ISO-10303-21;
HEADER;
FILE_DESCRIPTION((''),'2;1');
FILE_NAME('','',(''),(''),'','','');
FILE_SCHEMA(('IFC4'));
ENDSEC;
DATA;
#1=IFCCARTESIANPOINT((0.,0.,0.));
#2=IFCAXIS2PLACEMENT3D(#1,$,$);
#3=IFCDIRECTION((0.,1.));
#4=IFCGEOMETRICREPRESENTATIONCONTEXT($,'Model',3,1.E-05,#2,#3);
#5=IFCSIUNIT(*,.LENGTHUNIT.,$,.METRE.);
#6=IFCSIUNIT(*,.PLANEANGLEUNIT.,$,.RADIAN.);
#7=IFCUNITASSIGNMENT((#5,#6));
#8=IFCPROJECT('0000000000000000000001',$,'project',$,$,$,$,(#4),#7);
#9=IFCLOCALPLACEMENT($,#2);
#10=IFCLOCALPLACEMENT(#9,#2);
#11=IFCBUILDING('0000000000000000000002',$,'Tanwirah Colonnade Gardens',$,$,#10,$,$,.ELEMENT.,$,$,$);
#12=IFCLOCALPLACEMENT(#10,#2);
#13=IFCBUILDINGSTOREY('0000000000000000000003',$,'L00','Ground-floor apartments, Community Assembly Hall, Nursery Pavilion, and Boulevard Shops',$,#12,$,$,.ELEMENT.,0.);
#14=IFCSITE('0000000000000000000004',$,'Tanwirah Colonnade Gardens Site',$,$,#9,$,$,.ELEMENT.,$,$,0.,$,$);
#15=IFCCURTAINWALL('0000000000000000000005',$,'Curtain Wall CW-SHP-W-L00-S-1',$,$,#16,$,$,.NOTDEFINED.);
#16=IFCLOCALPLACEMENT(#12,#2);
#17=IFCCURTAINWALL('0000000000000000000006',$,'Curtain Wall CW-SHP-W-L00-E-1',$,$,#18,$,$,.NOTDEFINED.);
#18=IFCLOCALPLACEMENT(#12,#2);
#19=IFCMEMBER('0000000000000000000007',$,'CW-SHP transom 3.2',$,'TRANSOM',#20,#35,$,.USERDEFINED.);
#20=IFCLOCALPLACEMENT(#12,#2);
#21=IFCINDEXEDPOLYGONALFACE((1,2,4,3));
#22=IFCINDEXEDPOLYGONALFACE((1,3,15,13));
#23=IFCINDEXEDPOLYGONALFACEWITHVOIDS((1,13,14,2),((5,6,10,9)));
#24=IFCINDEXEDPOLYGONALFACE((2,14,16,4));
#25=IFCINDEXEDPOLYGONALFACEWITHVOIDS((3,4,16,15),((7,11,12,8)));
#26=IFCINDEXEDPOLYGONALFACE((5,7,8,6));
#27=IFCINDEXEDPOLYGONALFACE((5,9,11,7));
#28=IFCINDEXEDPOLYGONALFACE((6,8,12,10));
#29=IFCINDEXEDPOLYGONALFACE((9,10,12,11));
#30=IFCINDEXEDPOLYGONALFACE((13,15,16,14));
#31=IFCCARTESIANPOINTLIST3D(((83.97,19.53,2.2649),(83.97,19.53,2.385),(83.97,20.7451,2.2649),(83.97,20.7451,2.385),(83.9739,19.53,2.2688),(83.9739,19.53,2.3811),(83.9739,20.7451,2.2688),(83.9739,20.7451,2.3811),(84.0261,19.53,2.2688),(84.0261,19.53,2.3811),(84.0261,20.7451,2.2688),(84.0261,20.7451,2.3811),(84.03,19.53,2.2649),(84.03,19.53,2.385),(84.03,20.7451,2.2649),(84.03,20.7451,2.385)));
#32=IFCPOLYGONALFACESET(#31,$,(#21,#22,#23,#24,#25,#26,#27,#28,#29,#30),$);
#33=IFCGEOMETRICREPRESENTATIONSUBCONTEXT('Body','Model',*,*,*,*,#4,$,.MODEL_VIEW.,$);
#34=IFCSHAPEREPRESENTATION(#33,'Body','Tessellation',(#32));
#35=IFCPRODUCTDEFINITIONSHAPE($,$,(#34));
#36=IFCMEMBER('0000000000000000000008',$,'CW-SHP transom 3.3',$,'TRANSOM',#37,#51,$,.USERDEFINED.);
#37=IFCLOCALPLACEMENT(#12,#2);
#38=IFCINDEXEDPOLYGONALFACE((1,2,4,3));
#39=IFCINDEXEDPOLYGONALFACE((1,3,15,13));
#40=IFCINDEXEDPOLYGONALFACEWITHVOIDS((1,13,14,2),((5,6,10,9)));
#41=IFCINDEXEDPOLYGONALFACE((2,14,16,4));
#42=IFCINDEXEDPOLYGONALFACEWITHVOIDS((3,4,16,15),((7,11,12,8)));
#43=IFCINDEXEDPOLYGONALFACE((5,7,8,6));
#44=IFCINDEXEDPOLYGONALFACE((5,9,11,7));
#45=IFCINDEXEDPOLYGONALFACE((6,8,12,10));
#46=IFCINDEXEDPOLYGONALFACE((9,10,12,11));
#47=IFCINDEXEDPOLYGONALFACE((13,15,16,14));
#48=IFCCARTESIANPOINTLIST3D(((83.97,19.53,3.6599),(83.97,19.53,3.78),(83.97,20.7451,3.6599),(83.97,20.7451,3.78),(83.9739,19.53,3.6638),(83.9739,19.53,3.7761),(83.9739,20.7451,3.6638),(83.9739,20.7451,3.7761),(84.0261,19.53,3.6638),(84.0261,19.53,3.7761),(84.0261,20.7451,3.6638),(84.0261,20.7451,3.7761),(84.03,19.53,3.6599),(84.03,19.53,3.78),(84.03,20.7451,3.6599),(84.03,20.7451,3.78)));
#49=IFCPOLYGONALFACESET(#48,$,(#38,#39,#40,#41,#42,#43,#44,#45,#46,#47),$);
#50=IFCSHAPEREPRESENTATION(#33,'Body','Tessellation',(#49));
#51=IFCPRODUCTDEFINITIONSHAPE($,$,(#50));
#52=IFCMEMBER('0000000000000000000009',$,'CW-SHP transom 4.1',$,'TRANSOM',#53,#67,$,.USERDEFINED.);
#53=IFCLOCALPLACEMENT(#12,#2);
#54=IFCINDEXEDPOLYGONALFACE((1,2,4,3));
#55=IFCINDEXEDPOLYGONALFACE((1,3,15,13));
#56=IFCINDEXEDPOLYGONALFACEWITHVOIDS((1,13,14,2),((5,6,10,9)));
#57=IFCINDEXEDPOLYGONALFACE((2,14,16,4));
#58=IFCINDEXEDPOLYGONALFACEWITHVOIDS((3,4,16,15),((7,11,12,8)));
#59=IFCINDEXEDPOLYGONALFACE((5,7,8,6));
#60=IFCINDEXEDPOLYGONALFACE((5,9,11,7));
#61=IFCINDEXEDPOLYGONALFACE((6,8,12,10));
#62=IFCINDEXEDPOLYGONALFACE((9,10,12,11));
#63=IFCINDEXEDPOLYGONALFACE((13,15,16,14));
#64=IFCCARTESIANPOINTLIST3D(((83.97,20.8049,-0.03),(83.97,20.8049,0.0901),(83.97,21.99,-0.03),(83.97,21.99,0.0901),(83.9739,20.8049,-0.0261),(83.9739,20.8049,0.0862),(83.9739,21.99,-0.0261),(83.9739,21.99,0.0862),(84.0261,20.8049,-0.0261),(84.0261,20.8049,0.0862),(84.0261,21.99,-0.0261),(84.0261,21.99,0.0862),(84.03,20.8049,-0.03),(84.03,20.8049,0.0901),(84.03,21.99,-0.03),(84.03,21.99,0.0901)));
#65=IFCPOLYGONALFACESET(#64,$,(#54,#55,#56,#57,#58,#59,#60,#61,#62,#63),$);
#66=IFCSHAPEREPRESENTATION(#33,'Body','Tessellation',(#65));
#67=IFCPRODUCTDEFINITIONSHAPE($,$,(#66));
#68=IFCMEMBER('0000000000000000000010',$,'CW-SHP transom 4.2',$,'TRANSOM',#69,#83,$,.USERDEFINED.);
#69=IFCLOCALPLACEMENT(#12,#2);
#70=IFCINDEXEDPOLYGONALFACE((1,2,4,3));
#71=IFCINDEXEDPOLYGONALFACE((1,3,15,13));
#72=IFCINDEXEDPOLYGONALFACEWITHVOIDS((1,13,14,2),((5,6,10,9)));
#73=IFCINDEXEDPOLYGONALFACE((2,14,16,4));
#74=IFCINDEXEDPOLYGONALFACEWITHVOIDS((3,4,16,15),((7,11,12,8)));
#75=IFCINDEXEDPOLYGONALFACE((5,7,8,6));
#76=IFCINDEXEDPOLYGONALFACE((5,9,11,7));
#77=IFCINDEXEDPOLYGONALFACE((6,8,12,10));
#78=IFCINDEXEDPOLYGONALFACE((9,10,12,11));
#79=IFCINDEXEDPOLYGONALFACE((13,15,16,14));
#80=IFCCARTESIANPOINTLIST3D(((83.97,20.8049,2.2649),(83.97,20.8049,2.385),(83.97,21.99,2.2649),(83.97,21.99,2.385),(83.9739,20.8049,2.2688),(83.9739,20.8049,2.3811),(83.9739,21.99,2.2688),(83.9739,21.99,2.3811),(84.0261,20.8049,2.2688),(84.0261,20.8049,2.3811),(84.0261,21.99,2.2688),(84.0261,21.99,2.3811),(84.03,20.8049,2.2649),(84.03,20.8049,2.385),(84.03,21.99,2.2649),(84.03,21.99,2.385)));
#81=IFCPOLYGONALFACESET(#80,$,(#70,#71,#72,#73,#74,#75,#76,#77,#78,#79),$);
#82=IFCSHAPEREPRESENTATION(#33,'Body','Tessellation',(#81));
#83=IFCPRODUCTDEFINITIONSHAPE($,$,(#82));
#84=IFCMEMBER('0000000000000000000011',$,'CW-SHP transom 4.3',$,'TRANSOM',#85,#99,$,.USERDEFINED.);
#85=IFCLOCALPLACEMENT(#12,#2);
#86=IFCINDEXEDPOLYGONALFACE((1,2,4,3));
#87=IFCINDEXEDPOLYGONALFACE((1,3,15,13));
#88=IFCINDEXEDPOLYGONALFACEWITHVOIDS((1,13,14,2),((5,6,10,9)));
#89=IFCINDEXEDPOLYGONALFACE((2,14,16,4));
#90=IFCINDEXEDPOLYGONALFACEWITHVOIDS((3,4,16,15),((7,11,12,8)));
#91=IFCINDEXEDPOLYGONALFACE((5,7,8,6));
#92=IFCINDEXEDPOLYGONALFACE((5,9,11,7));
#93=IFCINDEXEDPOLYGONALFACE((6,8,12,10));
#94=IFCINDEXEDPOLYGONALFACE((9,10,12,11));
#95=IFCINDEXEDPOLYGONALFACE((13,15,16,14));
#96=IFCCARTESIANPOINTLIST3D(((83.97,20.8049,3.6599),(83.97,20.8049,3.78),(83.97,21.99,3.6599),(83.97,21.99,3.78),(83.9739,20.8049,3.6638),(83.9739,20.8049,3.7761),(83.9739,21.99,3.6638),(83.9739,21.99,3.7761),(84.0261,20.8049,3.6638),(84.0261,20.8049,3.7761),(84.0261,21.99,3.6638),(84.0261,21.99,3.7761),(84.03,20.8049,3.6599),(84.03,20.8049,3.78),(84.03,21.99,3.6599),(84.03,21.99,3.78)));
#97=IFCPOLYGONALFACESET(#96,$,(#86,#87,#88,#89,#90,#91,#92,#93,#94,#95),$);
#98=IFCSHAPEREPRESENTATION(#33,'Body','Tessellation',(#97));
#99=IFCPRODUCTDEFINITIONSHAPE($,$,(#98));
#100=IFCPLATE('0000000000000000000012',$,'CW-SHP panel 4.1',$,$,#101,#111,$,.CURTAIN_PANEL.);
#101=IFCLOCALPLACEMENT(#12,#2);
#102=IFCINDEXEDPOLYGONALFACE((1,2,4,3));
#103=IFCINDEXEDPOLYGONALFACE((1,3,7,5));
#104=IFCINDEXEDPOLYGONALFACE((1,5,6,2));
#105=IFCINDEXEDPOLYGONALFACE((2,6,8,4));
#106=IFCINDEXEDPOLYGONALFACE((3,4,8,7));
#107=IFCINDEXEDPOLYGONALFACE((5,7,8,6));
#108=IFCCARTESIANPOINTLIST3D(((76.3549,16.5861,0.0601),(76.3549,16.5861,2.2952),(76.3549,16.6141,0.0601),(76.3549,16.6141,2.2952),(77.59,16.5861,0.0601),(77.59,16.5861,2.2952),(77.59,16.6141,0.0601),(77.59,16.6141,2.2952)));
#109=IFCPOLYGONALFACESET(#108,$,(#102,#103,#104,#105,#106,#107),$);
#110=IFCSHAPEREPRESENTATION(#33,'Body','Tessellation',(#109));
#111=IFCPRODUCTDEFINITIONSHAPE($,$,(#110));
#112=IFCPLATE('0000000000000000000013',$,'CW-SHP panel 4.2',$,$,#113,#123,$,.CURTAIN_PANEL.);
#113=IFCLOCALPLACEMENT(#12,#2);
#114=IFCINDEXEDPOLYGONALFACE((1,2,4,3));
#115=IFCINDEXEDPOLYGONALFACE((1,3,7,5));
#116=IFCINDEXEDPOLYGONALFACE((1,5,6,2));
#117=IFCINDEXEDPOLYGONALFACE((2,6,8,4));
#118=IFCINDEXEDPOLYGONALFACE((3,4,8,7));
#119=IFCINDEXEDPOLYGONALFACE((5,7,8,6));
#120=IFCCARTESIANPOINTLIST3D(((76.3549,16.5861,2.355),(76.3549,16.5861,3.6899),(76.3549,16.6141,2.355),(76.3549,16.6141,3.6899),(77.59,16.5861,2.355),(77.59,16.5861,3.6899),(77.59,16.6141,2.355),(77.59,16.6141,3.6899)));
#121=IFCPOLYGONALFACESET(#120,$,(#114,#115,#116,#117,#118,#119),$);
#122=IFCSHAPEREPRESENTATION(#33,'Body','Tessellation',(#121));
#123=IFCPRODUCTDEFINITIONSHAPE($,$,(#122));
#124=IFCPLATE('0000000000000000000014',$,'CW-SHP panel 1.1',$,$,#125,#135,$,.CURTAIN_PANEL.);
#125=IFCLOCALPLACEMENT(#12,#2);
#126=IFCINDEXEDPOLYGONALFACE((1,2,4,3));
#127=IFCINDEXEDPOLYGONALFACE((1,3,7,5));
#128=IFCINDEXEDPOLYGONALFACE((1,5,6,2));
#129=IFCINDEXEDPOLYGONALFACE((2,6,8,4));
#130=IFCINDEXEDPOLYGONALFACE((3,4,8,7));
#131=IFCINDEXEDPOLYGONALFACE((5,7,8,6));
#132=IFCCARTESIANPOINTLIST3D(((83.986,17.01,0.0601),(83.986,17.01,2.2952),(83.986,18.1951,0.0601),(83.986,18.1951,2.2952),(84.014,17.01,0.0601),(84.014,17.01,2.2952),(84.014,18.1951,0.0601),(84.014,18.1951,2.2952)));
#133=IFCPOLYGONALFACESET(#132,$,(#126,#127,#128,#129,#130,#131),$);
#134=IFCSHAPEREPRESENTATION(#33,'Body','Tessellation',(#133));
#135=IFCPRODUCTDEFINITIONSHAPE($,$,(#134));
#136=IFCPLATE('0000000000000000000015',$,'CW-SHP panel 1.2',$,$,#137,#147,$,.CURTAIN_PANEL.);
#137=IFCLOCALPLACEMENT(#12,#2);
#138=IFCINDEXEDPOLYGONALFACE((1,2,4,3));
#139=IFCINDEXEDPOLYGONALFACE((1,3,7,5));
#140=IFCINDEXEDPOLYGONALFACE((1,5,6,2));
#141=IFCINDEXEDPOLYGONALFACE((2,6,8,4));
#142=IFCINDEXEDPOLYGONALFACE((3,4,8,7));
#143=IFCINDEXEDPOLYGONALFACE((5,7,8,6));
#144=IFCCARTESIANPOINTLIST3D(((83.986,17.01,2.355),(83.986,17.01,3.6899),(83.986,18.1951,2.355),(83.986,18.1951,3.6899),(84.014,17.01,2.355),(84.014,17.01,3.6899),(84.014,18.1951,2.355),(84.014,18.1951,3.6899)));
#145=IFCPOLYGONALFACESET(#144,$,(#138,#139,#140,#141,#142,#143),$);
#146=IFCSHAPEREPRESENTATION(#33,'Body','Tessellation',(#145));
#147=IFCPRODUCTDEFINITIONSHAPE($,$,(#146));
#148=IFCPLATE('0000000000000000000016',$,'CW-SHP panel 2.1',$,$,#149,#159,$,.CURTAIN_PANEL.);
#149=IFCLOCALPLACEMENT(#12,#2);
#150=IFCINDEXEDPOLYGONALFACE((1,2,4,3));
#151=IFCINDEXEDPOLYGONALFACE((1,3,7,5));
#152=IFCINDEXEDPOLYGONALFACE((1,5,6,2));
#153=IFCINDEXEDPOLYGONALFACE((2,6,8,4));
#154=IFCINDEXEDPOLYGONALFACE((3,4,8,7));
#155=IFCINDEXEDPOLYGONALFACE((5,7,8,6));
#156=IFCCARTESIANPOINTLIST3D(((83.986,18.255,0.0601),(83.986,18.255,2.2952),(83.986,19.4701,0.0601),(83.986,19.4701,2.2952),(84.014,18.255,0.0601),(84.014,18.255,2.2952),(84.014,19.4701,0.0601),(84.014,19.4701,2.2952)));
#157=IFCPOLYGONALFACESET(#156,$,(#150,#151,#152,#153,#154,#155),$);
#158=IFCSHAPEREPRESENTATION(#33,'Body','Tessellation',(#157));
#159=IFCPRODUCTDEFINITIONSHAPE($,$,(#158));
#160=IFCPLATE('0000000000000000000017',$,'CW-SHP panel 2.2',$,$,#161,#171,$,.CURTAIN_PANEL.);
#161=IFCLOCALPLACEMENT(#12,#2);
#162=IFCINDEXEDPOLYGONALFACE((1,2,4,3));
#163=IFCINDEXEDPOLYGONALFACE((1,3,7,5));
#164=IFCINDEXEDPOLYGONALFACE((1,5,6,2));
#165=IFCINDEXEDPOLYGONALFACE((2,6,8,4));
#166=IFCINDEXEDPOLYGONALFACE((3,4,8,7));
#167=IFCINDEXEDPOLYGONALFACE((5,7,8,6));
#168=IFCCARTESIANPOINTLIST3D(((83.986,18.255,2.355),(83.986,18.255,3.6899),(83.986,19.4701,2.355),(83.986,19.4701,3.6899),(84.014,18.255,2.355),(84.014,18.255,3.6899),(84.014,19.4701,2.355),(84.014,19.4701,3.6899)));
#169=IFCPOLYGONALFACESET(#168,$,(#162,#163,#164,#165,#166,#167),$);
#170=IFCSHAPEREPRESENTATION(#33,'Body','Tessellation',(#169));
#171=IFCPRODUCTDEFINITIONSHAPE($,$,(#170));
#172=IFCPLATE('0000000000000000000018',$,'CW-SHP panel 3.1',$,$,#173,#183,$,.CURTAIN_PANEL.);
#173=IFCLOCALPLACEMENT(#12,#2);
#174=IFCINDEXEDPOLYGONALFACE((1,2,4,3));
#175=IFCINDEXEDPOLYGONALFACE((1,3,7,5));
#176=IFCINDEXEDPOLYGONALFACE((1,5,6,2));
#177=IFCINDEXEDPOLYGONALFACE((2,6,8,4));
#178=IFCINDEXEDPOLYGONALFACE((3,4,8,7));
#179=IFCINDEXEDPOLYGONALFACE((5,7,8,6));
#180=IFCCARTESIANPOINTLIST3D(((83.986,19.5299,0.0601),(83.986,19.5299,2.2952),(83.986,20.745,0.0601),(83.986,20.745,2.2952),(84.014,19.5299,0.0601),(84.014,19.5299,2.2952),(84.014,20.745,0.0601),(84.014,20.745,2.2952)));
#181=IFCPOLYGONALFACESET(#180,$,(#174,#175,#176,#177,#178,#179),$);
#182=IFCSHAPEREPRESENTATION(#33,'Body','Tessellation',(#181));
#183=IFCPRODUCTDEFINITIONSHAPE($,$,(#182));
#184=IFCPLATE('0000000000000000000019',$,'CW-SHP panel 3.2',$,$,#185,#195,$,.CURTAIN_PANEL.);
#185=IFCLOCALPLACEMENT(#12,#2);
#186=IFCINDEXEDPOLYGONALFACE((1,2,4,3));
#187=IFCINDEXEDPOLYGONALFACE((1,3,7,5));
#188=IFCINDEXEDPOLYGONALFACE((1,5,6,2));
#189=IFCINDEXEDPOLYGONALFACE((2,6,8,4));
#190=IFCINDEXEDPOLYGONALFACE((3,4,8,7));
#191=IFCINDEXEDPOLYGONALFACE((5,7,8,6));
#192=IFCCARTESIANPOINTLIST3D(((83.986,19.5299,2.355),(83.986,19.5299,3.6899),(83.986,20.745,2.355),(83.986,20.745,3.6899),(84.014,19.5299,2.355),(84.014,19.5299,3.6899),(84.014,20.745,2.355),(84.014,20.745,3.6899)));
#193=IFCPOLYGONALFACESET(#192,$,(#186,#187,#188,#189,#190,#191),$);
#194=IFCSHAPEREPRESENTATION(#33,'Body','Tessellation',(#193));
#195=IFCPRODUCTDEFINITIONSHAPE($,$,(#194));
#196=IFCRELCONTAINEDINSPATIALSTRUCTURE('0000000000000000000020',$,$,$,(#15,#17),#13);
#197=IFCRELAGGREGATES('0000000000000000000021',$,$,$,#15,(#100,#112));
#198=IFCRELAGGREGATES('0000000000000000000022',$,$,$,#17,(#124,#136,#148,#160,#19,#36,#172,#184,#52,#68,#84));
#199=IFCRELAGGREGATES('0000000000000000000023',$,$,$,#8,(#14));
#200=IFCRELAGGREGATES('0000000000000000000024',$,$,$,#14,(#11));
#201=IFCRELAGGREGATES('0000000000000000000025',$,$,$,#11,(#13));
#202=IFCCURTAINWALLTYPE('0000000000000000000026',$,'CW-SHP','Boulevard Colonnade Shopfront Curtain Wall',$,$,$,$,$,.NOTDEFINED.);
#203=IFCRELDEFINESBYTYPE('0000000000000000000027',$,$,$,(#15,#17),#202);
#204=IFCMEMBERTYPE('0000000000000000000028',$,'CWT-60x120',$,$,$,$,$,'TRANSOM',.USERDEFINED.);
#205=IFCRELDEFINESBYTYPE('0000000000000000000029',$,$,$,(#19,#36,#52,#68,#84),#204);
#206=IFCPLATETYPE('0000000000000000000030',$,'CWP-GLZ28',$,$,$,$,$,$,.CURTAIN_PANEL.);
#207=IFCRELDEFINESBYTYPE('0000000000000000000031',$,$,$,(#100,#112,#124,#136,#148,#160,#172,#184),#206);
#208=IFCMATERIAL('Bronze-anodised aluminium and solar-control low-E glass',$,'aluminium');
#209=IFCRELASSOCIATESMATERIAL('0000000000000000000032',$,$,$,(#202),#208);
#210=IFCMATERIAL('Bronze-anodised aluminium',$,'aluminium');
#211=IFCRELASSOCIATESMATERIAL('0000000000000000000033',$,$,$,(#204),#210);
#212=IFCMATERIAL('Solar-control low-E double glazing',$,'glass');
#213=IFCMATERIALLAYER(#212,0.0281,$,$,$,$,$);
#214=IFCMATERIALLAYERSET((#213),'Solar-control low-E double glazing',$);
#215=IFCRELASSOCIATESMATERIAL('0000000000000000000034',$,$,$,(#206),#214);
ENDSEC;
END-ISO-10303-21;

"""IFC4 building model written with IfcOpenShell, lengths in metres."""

from ifc_helpers import new_model, si_unit, direction, frame, origin, origin_2d, place, context, subcontext, project, spatial, rectangle, hollow_rectangle, extrude, material, layer, layer_set, material_profile, profile_set, type_object, element, aggregate, save


model = new_model("IFC4")

# Units and contexts
model_context = context("Model", 3, precision=1e-05, world=origin(), true_north=direction((0.0, 1.0)))
body_context = subcontext(model_context, "Body", "Model", "MODEL_VIEW")
ifc_project = project(units=[si_unit("LENGTHUNIT", "METRE"), si_unit("PLANEANGLEUNIT", "RADIAN")], contexts=[model_context])

# Site, building, storey
site_placement = place(None, origin())
site = spatial("IfcSite", under=ifc_project, at=site_placement, Name="Tanwirah Colonnade Gardens Site", CompositionType="ELEMENT", RefElevation=0.0)
building_placement = place(site_placement, origin())
building = spatial("IfcBuilding", under=site, at=building_placement, Name="Tanwirah Colonnade Gardens", CompositionType="ELEMENT")
storey_placement = place(building_placement, origin())
storey = spatial("IfcBuildingStorey", under=building, at=storey_placement, Name="L00", Description="Ground-floor apartments, Community Assembly Hall, Nursery Pavilion, and Boulevard Shops", CompositionType="ELEMENT", Elevation=0.0)

# Curtain wall
ifc_material_1 = material(Name="Bronze-anodised aluminium and solar-control low-E glass", Category="aluminium")
curtain_wall_type = type_object("IfcCurtainWallType", Name="CW-SHP", Description="Boulevard Colonnade Shopfront Curtain Wall", PredefinedType="NOTDEFINED", material=ifc_material_1)
curtain_wall_1_placement = place(storey_placement, origin())
curtain_wall_1 = element("IfcCurtainWall", 1, at=curtain_wall_1_placement, inside=storey, type_object=curtain_wall_type, Name="Curtain Wall CW-SHP-W-L00-S-1", PredefinedType="NOTDEFINED")
ifc_material_2 = material(Name="Bronze-anodised aluminium", Category="aluminium")

# Curtain wall
curtain_wall_2_placement = place(storey_placement, origin())
curtain_wall_2 = element("IfcCurtainWall", 2, at=curtain_wall_2_placement, inside=storey, type_object=curtain_wall_type, Name="Curtain Wall CW-SHP-W-L00-E-1", PredefinedType="NOTDEFINED")

# Members
ifc_material_profile_1 = material_profile(ifc_material_2, hollow_rectangle(XDim=0.0601, YDim=0.1201, WallThickness=0.0039, at=origin_2d()), Name="CW-TRN 60x120x4")
ifc_profile_set_1 = profile_set([ifc_material_profile_1], Name="Bronze-anodised aluminium")
member_type_1 = type_object("IfcMemberType", Name="CWT-60x120", ElementType="TRANSOM", PredefinedType="USERDEFINED", material=ifc_profile_set_1)
member_1_placement = place(storey_placement, frame((84.0, 19.53, 2.325), z_axis=(0.0, 1.0, 0.0), x_axis=(-1.0, 0.0, 0.0)))
member_1 = element("IfcMember", 3, at=member_1_placement, type_object=member_type_1, Name="CW-SHP transom 3.2", ObjectType="TRANSOM", PredefinedType="USERDEFINED", context=body_context, shape_type="SweptSolid", body=[
    extrude(hollow_rectangle(XDim=0.0601, YDim=0.1201, WallThickness=0.0039, at=origin_2d()), origin(), (0.0, 0.0, 1.0), 1.2151),
])
member_2_placement = place(storey_placement, frame((84.0, 19.53, 3.72), z_axis=(0.0, 1.0, 0.0), x_axis=(-1.0, 0.0, 0.0)))
member_2 = element("IfcMember", 4, at=member_2_placement, type_object=member_type_1, Name="CW-SHP transom 3.3", ObjectType="TRANSOM", PredefinedType="USERDEFINED", context=body_context, shape_type="SweptSolid", body=[
    extrude(hollow_rectangle(XDim=0.0601, YDim=0.1201, WallThickness=0.0039, at=origin_2d()), origin(), (0.0, 0.0, 1.0), 1.2151),
])
member_3_placement = place(storey_placement, frame((84.0, 20.8049, 0.03), z_axis=(0.0, 1.0, 0.0), x_axis=(-1.0, 0.0, 0.0)))
member_3 = element("IfcMember", 5, at=member_3_placement, type_object=member_type_1, Name="CW-SHP transom 4.1", ObjectType="TRANSOM", PredefinedType="USERDEFINED", context=body_context, shape_type="SweptSolid", body=[
    extrude(hollow_rectangle(XDim=0.0601, YDim=0.1201, WallThickness=0.0039, at=origin_2d()), origin(), (0.0, 0.0, 1.0), 1.1851),
])
member_4_placement = place(storey_placement, frame((84.0, 20.8049, 2.325), z_axis=(0.0, 1.0, 0.0), x_axis=(-1.0, 0.0, 0.0)))
member_4 = element("IfcMember", 6, at=member_4_placement, type_object=member_type_1, Name="CW-SHP transom 4.2", ObjectType="TRANSOM", PredefinedType="USERDEFINED", context=body_context, shape_type="SweptSolid", body=[
    extrude(hollow_rectangle(XDim=0.0601, YDim=0.1201, WallThickness=0.0039, at=origin_2d()), origin(), (0.0, 0.0, 1.0), 1.1851),
])
member_5_placement = place(storey_placement, frame((84.0, 20.8049, 3.72), z_axis=(0.0, 1.0, 0.0), x_axis=(-1.0, 0.0, 0.0)))
member_5 = element("IfcMember", 7, at=member_5_placement, type_object=member_type_1, Name="CW-SHP transom 4.3", ObjectType="TRANSOM", PredefinedType="USERDEFINED", context=body_context, shape_type="SweptSolid", body=[
    extrude(hollow_rectangle(XDim=0.0601, YDim=0.1201, WallThickness=0.0039, at=origin_2d()), origin(), (0.0, 0.0, 1.0), 1.1851),
])

# Plates
ifc_material_3 = material(Name="Solar-control low-E double glazing", Category="glass")
ifc_layer_1 = layer(ifc_material_3, 0.0281)
ifc_layer_set_1 = layer_set([ifc_layer_1], Name="Solar-control low-E double glazing")
plate_type = type_object("IfcPlateType", Name="CWP-GLZ28", PredefinedType="CURTAIN_PANEL", material=ifc_layer_set_1)
plate_1_placement = place(storey_placement, frame((76.9724, 16.6001, 0.0601), z_axis=(0.0, 0.0, 1.0), x_axis=(1.0, 0.0, 0.0)))
plate_1 = element("IfcPlate", 8, at=plate_1_placement, type_object=plate_type, Name="CW-SHP panel 4.1", PredefinedType="CURTAIN_PANEL", context=body_context, shape_type="SweptSolid", body=[
    extrude(rectangle(XDim=1.2351, YDim=0.0281, at=origin_2d()), origin(), (0.0, 0.0, 1.0), 2.2351),
])
plate_2_placement = place(storey_placement, frame((76.9724, 16.6001, 2.355), z_axis=(0.0, 0.0, 1.0), x_axis=(1.0, 0.0, 0.0)))
plate_2 = element("IfcPlate", 9, at=plate_2_placement, type_object=plate_type, Name="CW-SHP panel 4.2", PredefinedType="CURTAIN_PANEL", context=body_context, shape_type="SweptSolid", body=[
    extrude(rectangle(XDim=1.2351, YDim=0.0281, at=origin_2d()), origin(), (0.0, 0.0, 1.0), 1.335),
])
aggregate(curtain_wall_1, [plate_1, plate_2])
plate_3_placement = place(storey_placement, frame((84.0, 17.6025, 0.0601), z_axis=(0.0, 0.0, 1.0), x_axis=(0.0, 1.0, 0.0)))
plate_3 = element("IfcPlate", 10, at=plate_3_placement, type_object=plate_type, Name="CW-SHP panel 1.1", PredefinedType="CURTAIN_PANEL", context=body_context, shape_type="SweptSolid", body=[
    extrude(rectangle(XDim=1.1851, YDim=0.0281, at=origin_2d()), origin(), (0.0, 0.0, 1.0), 2.2351),
])
plate_4_placement = place(storey_placement, frame((84.0, 17.6025, 2.355), z_axis=(0.0, 0.0, 1.0), x_axis=(0.0, 1.0, 0.0)))
plate_4 = element("IfcPlate", 11, at=plate_4_placement, type_object=plate_type, Name="CW-SHP panel 1.2", PredefinedType="CURTAIN_PANEL", context=body_context, shape_type="SweptSolid", body=[
    extrude(rectangle(XDim=1.1851, YDim=0.0281, at=origin_2d()), origin(), (0.0, 0.0, 1.0), 1.335),
])
plate_5_placement = place(storey_placement, frame((84.0, 18.8625, 0.0601), z_axis=(0.0, 0.0, 1.0), x_axis=(0.0, 1.0, 0.0)))
plate_5 = element("IfcPlate", 12, at=plate_5_placement, type_object=plate_type, Name="CW-SHP panel 2.1", PredefinedType="CURTAIN_PANEL", context=body_context, shape_type="SweptSolid", body=[
    extrude(rectangle(XDim=1.2151, YDim=0.0281, at=origin_2d()), origin(), (0.0, 0.0, 1.0), 2.2351),
])
plate_6_placement = place(storey_placement, frame((84.0, 18.8625, 2.355), z_axis=(0.0, 0.0, 1.0), x_axis=(0.0, 1.0, 0.0)))
plate_6 = element("IfcPlate", 13, at=plate_6_placement, type_object=plate_type, Name="CW-SHP panel 2.2", PredefinedType="CURTAIN_PANEL", context=body_context, shape_type="SweptSolid", body=[
    extrude(rectangle(XDim=1.2151, YDim=0.0281, at=origin_2d()), origin(), (0.0, 0.0, 1.0), 1.335),
])
plate_7_placement = place(storey_placement, frame((84.0, 20.1375, 0.0601), z_axis=(0.0, 0.0, 1.0), x_axis=(0.0, 1.0, 0.0)))
plate_7 = element("IfcPlate", 14, at=plate_7_placement, type_object=plate_type, Name="CW-SHP panel 3.1", PredefinedType="CURTAIN_PANEL", context=body_context, shape_type="SweptSolid", body=[
    extrude(rectangle(XDim=1.2151, YDim=0.0281, at=origin_2d()), origin(), (0.0, 0.0, 1.0), 2.2351),
])
plate_8_placement = place(storey_placement, frame((84.0, 20.1375, 2.355), z_axis=(0.0, 0.0, 1.0), x_axis=(0.0, 1.0, 0.0)))
plate_8 = element("IfcPlate", 15, at=plate_8_placement, type_object=plate_type, Name="CW-SHP panel 3.2", PredefinedType="CURTAIN_PANEL", context=body_context, shape_type="SweptSolid", body=[
    extrude(rectangle(XDim=1.2151, YDim=0.0281, at=origin_2d()), origin(), (0.0, 0.0, 1.0), 1.335),
])
aggregate(curtain_wall_2, [plate_3, plate_4, plate_5, plate_6, member_1, member_2, plate_7, plate_8, member_3, member_4, member_5])

save(model, "model.ifc")
